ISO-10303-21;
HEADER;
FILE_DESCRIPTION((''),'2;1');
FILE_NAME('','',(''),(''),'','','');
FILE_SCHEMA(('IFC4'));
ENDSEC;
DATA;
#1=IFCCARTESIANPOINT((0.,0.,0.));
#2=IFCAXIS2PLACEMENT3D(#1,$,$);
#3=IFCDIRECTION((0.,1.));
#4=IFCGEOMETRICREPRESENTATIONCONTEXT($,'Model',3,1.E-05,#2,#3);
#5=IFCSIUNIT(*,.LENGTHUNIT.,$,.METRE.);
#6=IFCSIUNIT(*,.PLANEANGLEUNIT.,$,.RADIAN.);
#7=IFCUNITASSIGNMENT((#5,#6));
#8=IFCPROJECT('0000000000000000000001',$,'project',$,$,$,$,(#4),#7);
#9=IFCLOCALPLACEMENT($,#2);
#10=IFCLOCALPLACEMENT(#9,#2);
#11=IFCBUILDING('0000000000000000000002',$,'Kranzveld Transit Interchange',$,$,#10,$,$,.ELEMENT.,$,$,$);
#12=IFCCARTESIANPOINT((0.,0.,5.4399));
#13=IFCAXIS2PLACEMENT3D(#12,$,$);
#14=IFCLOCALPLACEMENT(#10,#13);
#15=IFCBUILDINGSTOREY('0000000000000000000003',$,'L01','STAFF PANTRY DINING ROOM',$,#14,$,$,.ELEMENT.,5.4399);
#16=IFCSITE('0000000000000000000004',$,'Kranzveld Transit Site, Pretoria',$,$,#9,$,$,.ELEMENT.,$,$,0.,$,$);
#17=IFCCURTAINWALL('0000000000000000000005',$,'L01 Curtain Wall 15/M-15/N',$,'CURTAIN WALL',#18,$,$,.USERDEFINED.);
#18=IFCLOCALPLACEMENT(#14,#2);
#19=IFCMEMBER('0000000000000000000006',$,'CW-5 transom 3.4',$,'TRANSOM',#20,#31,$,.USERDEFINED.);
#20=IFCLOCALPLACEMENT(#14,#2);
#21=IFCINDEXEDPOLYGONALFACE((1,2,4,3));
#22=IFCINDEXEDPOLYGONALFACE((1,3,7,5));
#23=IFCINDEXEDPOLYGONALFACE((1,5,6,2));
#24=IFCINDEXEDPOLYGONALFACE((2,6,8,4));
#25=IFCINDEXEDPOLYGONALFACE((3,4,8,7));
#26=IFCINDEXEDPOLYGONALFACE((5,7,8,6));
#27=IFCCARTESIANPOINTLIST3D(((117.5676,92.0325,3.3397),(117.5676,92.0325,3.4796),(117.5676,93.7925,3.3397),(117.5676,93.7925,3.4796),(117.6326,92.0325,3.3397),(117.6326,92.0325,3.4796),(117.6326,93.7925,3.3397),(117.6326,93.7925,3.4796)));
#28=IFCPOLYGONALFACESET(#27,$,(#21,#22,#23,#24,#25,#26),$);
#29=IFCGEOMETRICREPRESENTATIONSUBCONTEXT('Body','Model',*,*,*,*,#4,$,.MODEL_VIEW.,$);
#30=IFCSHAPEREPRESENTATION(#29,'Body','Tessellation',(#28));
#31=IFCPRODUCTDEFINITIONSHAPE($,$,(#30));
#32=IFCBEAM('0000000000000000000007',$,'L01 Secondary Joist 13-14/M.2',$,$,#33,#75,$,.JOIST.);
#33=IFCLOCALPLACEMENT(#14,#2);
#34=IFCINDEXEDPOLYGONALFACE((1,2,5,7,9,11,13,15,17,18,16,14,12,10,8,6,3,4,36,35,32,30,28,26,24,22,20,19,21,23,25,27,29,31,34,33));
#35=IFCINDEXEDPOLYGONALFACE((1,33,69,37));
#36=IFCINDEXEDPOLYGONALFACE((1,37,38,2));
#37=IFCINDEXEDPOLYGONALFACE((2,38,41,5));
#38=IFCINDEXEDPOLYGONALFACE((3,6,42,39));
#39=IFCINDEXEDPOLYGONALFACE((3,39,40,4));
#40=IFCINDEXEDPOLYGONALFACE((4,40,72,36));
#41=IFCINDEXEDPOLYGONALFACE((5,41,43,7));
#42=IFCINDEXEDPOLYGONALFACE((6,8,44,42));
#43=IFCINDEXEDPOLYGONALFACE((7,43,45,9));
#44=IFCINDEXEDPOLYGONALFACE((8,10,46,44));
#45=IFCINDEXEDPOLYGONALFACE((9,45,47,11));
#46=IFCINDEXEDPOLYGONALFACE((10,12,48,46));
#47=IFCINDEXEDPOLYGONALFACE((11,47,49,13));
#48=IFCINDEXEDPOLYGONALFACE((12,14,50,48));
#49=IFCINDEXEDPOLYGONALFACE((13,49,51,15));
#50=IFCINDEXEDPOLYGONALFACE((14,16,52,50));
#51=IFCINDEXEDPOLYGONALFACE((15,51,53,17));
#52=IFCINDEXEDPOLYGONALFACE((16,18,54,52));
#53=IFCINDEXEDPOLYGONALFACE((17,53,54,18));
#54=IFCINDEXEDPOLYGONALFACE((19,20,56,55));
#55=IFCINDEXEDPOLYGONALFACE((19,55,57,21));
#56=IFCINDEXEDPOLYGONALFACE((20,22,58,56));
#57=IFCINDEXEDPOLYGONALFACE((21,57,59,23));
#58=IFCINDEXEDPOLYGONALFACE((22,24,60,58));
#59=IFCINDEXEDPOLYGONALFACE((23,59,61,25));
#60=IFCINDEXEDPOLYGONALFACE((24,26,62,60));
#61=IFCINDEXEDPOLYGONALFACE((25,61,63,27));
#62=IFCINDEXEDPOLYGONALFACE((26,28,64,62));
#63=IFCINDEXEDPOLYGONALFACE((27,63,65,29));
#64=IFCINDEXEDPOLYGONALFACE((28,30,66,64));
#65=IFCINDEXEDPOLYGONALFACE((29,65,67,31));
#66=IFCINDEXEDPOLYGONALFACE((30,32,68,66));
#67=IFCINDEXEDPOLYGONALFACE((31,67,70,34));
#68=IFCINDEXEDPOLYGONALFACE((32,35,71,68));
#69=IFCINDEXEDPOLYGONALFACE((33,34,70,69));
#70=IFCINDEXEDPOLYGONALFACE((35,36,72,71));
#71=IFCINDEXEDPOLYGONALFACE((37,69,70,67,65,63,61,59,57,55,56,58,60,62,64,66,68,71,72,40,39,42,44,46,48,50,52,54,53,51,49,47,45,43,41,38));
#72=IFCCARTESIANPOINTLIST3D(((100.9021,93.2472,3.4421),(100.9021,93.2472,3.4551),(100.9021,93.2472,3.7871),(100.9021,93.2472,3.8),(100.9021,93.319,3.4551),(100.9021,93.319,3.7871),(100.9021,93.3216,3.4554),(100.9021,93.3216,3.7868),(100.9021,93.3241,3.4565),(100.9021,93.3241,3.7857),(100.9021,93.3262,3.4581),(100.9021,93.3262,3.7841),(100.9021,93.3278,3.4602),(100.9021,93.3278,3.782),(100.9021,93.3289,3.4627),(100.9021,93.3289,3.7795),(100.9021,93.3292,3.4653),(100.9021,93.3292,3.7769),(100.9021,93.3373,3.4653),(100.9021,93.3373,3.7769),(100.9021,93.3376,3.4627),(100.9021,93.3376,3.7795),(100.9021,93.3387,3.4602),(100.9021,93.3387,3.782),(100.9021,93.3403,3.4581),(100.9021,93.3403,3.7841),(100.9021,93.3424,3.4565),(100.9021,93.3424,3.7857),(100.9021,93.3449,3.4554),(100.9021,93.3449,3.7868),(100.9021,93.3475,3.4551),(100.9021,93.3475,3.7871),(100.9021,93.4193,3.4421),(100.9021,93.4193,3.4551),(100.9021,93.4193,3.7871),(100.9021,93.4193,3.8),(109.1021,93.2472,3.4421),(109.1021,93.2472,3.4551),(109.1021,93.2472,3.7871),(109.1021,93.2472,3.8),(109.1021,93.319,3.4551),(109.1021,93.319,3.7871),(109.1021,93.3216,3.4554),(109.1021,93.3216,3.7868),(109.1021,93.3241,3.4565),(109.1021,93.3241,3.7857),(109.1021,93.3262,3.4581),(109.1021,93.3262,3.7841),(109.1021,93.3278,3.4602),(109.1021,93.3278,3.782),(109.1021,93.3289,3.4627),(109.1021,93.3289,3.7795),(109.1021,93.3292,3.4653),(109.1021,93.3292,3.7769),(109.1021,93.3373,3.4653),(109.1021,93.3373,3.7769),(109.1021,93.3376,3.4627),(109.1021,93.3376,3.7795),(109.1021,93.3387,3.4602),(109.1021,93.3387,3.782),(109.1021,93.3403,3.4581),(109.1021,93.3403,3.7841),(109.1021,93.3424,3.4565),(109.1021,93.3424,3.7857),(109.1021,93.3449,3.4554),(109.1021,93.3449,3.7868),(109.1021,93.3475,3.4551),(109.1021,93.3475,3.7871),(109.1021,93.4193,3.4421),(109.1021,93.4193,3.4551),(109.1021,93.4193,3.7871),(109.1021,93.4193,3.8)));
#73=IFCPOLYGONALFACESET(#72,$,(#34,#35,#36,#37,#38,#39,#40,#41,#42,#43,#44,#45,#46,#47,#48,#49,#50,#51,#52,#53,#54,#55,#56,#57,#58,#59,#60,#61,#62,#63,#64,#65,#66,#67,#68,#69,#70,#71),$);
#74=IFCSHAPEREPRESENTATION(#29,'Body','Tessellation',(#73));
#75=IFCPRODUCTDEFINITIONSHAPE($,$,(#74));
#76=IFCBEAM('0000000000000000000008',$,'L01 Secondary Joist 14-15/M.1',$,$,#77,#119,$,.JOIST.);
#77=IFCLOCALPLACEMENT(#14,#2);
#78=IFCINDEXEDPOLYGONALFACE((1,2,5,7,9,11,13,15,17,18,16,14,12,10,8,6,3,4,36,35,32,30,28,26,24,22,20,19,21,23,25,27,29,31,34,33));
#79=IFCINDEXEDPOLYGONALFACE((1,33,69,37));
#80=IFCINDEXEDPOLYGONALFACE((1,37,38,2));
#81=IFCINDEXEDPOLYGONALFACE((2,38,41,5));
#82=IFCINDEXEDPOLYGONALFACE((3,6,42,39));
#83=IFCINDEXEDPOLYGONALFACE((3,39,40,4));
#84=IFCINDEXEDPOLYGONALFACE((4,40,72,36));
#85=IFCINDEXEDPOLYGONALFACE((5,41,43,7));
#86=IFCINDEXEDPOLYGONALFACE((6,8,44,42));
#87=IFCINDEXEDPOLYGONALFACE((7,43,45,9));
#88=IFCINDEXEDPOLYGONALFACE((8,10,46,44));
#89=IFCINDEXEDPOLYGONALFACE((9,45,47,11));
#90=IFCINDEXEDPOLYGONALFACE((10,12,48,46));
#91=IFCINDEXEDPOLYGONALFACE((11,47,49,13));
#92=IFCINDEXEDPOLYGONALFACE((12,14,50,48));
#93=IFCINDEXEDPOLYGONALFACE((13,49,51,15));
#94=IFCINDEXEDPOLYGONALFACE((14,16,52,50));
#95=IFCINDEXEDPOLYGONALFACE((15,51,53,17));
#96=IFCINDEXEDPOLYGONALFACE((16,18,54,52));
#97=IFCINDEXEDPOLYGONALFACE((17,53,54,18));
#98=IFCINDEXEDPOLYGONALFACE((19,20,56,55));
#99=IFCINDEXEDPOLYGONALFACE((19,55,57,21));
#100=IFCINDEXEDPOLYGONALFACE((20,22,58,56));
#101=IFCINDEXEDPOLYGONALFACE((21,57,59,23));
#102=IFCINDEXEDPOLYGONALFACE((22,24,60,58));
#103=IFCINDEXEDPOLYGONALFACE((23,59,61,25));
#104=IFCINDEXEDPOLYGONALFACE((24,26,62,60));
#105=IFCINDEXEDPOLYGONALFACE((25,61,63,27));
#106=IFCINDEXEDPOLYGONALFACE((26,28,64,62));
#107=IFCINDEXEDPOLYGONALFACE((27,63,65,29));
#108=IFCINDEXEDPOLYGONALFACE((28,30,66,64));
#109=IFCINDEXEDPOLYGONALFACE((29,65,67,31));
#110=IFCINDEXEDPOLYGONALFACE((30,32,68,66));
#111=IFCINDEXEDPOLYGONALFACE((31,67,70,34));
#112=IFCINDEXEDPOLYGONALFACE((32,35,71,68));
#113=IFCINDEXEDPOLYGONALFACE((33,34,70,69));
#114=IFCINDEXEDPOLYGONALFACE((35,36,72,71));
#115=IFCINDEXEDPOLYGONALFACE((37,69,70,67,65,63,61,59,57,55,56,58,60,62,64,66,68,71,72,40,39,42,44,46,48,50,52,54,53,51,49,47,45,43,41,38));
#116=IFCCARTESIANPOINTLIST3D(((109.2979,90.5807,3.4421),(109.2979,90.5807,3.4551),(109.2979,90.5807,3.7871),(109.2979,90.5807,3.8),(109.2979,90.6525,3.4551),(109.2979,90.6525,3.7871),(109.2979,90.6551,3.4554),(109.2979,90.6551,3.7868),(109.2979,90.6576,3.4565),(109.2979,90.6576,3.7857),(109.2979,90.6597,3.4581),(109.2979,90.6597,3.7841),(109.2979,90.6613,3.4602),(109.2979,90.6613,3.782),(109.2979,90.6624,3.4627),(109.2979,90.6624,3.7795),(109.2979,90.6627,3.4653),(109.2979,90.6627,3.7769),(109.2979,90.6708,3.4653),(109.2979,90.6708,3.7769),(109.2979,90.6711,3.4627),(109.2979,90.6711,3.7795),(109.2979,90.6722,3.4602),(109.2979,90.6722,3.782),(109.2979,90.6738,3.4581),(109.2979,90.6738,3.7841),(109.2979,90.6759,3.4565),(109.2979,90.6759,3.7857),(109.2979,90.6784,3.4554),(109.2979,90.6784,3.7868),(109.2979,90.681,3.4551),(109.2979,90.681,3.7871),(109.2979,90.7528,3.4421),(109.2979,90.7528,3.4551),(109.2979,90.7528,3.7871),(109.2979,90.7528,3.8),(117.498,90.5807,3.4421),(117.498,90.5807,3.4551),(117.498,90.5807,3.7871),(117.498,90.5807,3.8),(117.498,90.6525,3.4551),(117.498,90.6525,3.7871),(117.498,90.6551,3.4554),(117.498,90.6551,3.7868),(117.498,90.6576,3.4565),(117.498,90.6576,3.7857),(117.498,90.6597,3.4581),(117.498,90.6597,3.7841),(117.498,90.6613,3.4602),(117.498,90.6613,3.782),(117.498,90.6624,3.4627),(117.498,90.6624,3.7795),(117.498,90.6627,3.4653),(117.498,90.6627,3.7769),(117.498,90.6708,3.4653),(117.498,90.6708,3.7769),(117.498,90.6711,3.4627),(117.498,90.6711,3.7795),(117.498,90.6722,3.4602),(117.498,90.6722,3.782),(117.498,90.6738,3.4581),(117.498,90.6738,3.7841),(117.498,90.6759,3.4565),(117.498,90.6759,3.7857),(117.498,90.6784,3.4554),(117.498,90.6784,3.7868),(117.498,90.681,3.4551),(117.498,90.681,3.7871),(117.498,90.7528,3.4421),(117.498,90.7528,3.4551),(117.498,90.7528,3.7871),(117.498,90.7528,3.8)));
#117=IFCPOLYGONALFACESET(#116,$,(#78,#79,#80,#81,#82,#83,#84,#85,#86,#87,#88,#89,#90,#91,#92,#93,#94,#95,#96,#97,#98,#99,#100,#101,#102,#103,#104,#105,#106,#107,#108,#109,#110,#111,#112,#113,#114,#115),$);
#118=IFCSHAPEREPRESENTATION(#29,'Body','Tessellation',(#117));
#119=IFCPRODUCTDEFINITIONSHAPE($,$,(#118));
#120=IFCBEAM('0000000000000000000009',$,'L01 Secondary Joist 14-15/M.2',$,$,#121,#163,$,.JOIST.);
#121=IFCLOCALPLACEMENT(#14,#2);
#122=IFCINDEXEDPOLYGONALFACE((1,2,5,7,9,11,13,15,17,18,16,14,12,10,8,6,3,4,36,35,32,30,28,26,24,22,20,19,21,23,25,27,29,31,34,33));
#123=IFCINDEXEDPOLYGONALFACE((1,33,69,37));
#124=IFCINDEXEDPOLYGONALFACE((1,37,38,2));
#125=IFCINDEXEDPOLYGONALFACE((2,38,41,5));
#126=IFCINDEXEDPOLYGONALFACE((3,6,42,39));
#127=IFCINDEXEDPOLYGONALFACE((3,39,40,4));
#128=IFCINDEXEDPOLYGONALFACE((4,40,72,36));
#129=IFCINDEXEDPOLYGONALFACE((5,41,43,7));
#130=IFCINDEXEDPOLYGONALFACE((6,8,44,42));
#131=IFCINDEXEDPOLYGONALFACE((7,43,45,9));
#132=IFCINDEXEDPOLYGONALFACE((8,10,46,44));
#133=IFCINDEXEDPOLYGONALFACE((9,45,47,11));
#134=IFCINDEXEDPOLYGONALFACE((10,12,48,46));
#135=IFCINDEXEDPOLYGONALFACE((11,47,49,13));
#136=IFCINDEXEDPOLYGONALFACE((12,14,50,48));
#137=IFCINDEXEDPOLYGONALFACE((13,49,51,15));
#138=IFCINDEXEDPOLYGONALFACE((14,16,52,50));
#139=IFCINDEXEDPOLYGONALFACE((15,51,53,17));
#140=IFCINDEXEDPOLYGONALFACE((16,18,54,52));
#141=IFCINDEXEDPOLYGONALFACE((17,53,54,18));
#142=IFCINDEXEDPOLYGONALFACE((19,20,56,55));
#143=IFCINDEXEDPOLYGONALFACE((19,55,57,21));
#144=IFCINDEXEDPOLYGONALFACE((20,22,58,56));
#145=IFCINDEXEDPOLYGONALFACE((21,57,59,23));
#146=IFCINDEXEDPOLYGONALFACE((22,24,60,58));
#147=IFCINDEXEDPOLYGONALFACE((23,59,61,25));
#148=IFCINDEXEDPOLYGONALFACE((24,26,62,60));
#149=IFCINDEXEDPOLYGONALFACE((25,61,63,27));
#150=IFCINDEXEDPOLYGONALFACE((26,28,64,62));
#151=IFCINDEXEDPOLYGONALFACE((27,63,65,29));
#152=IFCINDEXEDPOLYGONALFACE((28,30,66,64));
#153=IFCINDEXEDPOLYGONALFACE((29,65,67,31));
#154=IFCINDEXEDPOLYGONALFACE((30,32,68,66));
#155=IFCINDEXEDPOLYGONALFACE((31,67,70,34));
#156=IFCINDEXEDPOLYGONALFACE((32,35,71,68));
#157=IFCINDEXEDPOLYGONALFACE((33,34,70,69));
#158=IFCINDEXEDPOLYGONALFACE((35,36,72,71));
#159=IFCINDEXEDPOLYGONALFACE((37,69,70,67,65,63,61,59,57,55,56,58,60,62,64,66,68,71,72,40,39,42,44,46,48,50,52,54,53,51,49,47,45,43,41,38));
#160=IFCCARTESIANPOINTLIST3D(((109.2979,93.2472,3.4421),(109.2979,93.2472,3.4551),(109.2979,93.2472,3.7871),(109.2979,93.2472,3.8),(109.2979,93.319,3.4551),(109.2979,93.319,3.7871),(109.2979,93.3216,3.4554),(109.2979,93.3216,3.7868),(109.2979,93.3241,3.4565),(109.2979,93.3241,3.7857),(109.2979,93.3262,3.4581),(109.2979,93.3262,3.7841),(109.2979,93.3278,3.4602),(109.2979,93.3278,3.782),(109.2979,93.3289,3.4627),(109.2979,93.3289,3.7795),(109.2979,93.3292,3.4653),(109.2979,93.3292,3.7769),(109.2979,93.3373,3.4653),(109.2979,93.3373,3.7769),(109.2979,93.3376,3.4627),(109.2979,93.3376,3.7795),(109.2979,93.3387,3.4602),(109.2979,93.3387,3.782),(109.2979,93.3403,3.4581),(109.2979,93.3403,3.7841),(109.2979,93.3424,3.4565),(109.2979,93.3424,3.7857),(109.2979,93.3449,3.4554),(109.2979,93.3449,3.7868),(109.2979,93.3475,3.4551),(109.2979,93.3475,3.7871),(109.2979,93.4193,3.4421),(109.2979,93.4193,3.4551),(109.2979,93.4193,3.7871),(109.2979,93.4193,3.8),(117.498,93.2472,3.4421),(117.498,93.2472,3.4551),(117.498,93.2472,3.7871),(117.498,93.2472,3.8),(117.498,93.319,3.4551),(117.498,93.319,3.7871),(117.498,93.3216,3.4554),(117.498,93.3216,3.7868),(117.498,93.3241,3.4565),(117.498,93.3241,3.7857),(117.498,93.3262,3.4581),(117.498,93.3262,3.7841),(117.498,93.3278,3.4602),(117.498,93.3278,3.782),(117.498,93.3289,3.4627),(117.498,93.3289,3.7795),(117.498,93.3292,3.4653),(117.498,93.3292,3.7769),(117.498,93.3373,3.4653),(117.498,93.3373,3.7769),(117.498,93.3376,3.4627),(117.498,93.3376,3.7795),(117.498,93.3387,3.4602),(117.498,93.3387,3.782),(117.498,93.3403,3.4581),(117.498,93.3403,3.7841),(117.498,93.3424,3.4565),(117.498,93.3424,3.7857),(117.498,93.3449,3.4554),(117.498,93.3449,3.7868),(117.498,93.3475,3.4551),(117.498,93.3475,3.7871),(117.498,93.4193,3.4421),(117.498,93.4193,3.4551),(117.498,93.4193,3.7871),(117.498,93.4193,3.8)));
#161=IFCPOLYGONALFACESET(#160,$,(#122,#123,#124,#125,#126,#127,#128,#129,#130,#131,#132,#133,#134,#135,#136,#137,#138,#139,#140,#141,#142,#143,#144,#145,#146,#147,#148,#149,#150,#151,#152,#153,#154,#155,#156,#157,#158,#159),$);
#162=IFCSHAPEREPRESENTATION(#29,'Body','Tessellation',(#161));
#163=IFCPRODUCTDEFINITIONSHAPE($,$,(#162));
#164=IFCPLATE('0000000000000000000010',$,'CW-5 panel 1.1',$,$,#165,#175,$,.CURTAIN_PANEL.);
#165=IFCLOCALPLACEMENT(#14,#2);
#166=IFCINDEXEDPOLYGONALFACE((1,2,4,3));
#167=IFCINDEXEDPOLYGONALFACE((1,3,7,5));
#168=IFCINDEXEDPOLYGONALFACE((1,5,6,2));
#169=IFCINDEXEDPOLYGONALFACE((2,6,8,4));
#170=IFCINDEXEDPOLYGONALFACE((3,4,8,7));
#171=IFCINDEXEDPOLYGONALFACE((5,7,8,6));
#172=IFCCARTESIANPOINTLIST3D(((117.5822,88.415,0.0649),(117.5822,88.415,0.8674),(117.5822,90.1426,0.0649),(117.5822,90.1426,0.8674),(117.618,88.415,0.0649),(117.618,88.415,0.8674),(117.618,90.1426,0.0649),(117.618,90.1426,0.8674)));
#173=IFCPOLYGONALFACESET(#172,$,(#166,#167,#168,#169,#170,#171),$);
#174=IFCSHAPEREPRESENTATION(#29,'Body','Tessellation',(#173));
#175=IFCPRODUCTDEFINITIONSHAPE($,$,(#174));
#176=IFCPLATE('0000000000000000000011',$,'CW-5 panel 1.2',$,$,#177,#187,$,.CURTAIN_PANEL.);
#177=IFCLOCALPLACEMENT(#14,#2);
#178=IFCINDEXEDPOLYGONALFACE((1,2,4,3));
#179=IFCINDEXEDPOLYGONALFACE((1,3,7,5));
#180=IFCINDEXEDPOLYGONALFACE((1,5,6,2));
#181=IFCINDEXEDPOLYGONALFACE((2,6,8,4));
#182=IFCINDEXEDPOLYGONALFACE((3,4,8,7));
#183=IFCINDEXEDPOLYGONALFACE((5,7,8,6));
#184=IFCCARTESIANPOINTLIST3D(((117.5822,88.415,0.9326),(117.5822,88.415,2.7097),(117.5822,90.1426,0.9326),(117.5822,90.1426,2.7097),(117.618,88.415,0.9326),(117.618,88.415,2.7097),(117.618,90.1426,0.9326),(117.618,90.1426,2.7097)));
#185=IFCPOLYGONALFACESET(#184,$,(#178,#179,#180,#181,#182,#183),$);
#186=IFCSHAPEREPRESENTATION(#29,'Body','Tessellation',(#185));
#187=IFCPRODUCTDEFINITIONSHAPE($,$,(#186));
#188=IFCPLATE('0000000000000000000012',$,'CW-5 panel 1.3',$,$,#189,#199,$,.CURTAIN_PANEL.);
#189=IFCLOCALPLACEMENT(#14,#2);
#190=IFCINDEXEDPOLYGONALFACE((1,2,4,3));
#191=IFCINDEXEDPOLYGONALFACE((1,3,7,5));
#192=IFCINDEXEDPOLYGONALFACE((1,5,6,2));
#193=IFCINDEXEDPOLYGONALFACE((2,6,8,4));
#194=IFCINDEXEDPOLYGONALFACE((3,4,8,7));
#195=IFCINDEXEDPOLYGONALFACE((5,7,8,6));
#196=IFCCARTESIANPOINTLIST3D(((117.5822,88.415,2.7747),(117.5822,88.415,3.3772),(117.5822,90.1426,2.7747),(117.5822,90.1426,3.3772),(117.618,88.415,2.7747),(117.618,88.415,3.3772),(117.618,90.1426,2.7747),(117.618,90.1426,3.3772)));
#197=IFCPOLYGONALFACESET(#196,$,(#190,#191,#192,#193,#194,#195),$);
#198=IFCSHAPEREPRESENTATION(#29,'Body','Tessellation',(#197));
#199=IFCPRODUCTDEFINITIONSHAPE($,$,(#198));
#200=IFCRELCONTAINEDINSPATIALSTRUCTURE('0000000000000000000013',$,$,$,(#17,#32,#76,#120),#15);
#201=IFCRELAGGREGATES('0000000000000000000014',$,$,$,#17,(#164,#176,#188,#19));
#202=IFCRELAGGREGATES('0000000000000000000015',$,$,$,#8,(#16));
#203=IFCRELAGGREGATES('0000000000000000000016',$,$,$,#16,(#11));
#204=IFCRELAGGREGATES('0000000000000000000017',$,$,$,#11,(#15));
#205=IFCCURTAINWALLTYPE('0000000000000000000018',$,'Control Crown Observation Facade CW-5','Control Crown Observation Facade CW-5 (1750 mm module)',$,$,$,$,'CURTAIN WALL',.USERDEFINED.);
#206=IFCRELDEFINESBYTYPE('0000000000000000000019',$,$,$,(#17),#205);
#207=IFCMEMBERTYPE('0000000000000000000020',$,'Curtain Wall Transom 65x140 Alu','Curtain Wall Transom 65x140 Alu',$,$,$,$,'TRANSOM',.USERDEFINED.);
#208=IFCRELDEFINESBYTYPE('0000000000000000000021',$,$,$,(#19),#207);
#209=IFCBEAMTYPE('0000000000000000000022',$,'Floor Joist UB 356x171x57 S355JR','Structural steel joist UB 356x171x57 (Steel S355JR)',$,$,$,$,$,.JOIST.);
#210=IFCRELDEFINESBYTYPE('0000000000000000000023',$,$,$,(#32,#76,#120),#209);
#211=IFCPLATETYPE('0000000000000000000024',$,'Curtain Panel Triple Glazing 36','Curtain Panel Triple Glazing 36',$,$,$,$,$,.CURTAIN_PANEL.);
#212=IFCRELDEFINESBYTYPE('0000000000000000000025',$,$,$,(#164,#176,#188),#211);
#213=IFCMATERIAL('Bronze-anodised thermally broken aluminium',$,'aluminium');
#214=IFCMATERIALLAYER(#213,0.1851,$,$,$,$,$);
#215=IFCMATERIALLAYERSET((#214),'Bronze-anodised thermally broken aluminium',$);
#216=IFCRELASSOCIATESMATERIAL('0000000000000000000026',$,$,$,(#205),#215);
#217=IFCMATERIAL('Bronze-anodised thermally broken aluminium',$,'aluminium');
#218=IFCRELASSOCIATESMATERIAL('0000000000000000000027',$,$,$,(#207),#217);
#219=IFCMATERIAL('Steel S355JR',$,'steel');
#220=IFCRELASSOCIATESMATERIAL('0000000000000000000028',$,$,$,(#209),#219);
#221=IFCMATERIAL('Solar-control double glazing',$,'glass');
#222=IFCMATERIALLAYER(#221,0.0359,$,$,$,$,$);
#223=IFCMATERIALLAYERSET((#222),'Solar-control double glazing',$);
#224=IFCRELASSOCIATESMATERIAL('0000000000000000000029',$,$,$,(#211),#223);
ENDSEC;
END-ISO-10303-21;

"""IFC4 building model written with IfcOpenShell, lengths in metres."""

from ifc_helpers import new_model, si_unit, direction, frame, origin, origin_2d, place, context, subcontext, project, spatial, rectangle, i_section, extrude, material, layer, layer_set, material_profile, profile_set, type_object, element, aggregate, save


model = new_model("IFC4")

# Units and contexts
model_context = context("Model", 3, precision=1e-05, world=origin(), true_north=direction((0.0, 1.0)))
body_context = subcontext(model_context, "Body", "Model", "MODEL_VIEW")
ifc_project = project(units=[si_unit("LENGTHUNIT", "METRE"), si_unit("PLANEANGLEUNIT", "RADIAN")], contexts=[model_context])

# Site, building, storey
site_placement = place(None, origin())
site = spatial("IfcSite", under=ifc_project, at=site_placement, Name="Kranzveld Transit Site, Pretoria", CompositionType="ELEMENT", RefElevation=0.0)
building_placement = place(site_placement, origin())
building = spatial("IfcBuilding", under=site, at=building_placement, Name="Kranzveld Transit Interchange", CompositionType="ELEMENT")
storey_placement = place(building_placement, frame((0.0, 0.0, 5.4399)))
storey = spatial("IfcBuildingStorey", under=building, at=storey_placement, Name="L01", Description="STAFF PANTRY DINING ROOM", CompositionType="ELEMENT", Elevation=5.4399)

# Curtain wall, member
ifc_material_1 = material(Name="Bronze-anodised thermally broken aluminium", Category="aluminium")
ifc_layer_1 = layer(ifc_material_1, 0.1851)
ifc_layer_set_1 = layer_set([ifc_layer_1], Name="Bronze-anodised thermally broken aluminium")
curtain_wall_type = type_object("IfcCurtainWallType", Name="Control Crown Observation Facade CW-5", Description="Control Crown Observation Facade CW-5 (1750 mm module)", ElementType="CURTAIN WALL", PredefinedType="USERDEFINED", material=ifc_layer_set_1)
curtain_wall_placement = place(storey_placement, origin())
curtain_wall = element("IfcCurtainWall", 1, at=curtain_wall_placement, inside=storey, type_object=curtain_wall_type, Name="L01 Curtain Wall 15/M-15/N", ObjectType="CURTAIN WALL", PredefinedType="USERDEFINED")
ifc_material_2 = material(Name="Bronze-anodised thermally broken aluminium", Category="aluminium")
ifc_material_profile_1 = material_profile(ifc_material_2, rectangle(XDim=0.0649, YDim=0.1399, at=origin_2d()), Name="ALU TRANSOM 65x140")
ifc_profile_set_1 = profile_set([ifc_material_profile_1], Name="Bronze-anodised thermally broken aluminium")
member_type_1 = type_object("IfcMemberType", Name="Curtain Wall Transom 65x140 Alu", Description="Curtain Wall Transom 65x140 Alu", ElementType="TRANSOM", PredefinedType="USERDEFINED", material=ifc_profile_set_1)
member_1_placement = place(storey_placement, frame((117.6001, 92.0325, 3.4097), z_axis=(0.0, 1.0, 0.0), x_axis=(-1.0, 0.0, 0.0)))
member_1 = element("IfcMember", 2, at=member_1_placement, type_object=member_type_1, Name="CW-5 transom 3.4", ObjectType="TRANSOM", PredefinedType="USERDEFINED", context=body_context, shape_type="SweptSolid", body=[
    extrude(rectangle(XDim=0.0649, YDim=0.1399, at=origin_2d()), origin(), (0.0, 0.0, 1.0), 1.76),
])

# Beams
ifc_material_3 = material(Name="Steel S355JR", Category="steel")
ifc_material_profile_2 = material_profile(ifc_material_3, i_section(OverallWidth=0.1721, OverallDepth=0.3579, WebThickness=0.0081, FlangeThickness=0.0129, FilletRadius=0.0103, at=origin_2d()), Name="UB 356x171x57")
ifc_profile_set_2 = profile_set([ifc_material_profile_2], Name="Steel S355JR")
beam_type = type_object("IfcBeamType", Name="Floor Joist UB 356x171x57 S355JR", Description="Structural steel joist UB 356x171x57 (Steel S355JR)", PredefinedType="JOIST", material=ifc_profile_set_2)
beam_placement = place(storey_placement, frame((100.9021, 93.3333, 3.6211), z_axis=(1.0, 0.0, 0.0), x_axis=(0.0, 1.0, 0.0)))
element("IfcBeam", 3, at=beam_placement, inside=storey, type_object=beam_type, Name="L01 Secondary Joist 13-14/M.2", PredefinedType="JOIST", context=body_context, shape_type="SweptSolid", body=[
    extrude(i_section(OverallWidth=0.1721, OverallDepth=0.3579, WebThickness=0.0081, FlangeThickness=0.0129, FilletRadius=0.0103, at=origin_2d()), origin(), (0.0, 0.0, 1.0), 8.2),
])
for number, where, z_axis, x_axis, name in (
    (4, (109.2979, 90.6667, 3.6211), (1.0, 0.0, 0.0), (0.0, 1.0, 0.0), "L01 Secondary Joist 14-15/M.1"),
    (5, (109.2979, 93.3333, 3.6211), (1.0, 0.0, 0.0), (0.0, 1.0, 0.0), "L01 Secondary Joist 14-15/M.2"),
):
    element("IfcBeam", number, at=place(storey_placement, frame(where, z_axis=z_axis, x_axis=x_axis)), inside=storey, type_object=beam_type, Name=name, PredefinedType="JOIST", context=body_context, shape_type="SweptSolid", body=[
        extrude(i_section(OverallWidth=0.1721, OverallDepth=0.3579, WebThickness=0.0081, FlangeThickness=0.0129, FilletRadius=0.0103, at=origin_2d()), origin(), (0.0, 0.0, 1.0), 8.2002),
    ])

# Plates
ifc_material_4 = material(Name="Solar-control double glazing", Category="glass")
ifc_layer_2 = layer(ifc_material_4, 0.0359)
ifc_layer_set_2 = layer_set([ifc_layer_2], Name="Solar-control double glazing")
plate_type = type_object("IfcPlateType", Name="Curtain Panel Triple Glazing 36", Description="Curtain Panel Triple Glazing 36", PredefinedType="CURTAIN_PANEL", material=ifc_layer_set_2)
plate_1_placement = place(storey_placement, frame((117.6001, 89.2788, 0.0649), z_axis=(0.0, 0.0, 1.0), x_axis=(0.0, 1.0, 0.0)))
plate_1 = element("IfcPlate", 6, at=plate_1_placement, type_object=plate_type, Name="CW-5 panel 1.1", PredefinedType="CURTAIN_PANEL", context=body_context, shape_type="SweptSolid", body=[
    extrude(rectangle(XDim=1.7275, YDim=0.0359, at=origin_2d()), origin(), (0.0, 0.0, 1.0), 0.8025),
])
plate_2_placement = place(storey_placement, frame((117.6001, 89.2788, 0.9326), z_axis=(0.0, 0.0, 1.0), x_axis=(0.0, 1.0, 0.0)))
plate_2 = element("IfcPlate", 7, at=plate_2_placement, type_object=plate_type, Name="CW-5 panel 1.2", PredefinedType="CURTAIN_PANEL", context=body_context, shape_type="SweptSolid", body=[
    extrude(rectangle(XDim=1.7275, YDim=0.0359, at=origin_2d()), origin(), (0.0, 0.0, 1.0), 1.7771),
])
plate_3_placement = place(storey_placement, frame((117.6001, 89.2788, 2.7747), z_axis=(0.0, 0.0, 1.0), x_axis=(0.0, 1.0, 0.0)))
plate_3 = element("IfcPlate", 8, at=plate_3_placement, type_object=plate_type, Name="CW-5 panel 1.3", PredefinedType="CURTAIN_PANEL", context=body_context, shape_type="SweptSolid", body=[
    extrude(rectangle(XDim=1.7275, YDim=0.0359, at=origin_2d()), origin(), (0.0, 0.0, 1.0), 0.6025),
])
aggregate(curtain_wall, [plate_1, plate_2, plate_3, member_1])

save(model, "model.ifc")
